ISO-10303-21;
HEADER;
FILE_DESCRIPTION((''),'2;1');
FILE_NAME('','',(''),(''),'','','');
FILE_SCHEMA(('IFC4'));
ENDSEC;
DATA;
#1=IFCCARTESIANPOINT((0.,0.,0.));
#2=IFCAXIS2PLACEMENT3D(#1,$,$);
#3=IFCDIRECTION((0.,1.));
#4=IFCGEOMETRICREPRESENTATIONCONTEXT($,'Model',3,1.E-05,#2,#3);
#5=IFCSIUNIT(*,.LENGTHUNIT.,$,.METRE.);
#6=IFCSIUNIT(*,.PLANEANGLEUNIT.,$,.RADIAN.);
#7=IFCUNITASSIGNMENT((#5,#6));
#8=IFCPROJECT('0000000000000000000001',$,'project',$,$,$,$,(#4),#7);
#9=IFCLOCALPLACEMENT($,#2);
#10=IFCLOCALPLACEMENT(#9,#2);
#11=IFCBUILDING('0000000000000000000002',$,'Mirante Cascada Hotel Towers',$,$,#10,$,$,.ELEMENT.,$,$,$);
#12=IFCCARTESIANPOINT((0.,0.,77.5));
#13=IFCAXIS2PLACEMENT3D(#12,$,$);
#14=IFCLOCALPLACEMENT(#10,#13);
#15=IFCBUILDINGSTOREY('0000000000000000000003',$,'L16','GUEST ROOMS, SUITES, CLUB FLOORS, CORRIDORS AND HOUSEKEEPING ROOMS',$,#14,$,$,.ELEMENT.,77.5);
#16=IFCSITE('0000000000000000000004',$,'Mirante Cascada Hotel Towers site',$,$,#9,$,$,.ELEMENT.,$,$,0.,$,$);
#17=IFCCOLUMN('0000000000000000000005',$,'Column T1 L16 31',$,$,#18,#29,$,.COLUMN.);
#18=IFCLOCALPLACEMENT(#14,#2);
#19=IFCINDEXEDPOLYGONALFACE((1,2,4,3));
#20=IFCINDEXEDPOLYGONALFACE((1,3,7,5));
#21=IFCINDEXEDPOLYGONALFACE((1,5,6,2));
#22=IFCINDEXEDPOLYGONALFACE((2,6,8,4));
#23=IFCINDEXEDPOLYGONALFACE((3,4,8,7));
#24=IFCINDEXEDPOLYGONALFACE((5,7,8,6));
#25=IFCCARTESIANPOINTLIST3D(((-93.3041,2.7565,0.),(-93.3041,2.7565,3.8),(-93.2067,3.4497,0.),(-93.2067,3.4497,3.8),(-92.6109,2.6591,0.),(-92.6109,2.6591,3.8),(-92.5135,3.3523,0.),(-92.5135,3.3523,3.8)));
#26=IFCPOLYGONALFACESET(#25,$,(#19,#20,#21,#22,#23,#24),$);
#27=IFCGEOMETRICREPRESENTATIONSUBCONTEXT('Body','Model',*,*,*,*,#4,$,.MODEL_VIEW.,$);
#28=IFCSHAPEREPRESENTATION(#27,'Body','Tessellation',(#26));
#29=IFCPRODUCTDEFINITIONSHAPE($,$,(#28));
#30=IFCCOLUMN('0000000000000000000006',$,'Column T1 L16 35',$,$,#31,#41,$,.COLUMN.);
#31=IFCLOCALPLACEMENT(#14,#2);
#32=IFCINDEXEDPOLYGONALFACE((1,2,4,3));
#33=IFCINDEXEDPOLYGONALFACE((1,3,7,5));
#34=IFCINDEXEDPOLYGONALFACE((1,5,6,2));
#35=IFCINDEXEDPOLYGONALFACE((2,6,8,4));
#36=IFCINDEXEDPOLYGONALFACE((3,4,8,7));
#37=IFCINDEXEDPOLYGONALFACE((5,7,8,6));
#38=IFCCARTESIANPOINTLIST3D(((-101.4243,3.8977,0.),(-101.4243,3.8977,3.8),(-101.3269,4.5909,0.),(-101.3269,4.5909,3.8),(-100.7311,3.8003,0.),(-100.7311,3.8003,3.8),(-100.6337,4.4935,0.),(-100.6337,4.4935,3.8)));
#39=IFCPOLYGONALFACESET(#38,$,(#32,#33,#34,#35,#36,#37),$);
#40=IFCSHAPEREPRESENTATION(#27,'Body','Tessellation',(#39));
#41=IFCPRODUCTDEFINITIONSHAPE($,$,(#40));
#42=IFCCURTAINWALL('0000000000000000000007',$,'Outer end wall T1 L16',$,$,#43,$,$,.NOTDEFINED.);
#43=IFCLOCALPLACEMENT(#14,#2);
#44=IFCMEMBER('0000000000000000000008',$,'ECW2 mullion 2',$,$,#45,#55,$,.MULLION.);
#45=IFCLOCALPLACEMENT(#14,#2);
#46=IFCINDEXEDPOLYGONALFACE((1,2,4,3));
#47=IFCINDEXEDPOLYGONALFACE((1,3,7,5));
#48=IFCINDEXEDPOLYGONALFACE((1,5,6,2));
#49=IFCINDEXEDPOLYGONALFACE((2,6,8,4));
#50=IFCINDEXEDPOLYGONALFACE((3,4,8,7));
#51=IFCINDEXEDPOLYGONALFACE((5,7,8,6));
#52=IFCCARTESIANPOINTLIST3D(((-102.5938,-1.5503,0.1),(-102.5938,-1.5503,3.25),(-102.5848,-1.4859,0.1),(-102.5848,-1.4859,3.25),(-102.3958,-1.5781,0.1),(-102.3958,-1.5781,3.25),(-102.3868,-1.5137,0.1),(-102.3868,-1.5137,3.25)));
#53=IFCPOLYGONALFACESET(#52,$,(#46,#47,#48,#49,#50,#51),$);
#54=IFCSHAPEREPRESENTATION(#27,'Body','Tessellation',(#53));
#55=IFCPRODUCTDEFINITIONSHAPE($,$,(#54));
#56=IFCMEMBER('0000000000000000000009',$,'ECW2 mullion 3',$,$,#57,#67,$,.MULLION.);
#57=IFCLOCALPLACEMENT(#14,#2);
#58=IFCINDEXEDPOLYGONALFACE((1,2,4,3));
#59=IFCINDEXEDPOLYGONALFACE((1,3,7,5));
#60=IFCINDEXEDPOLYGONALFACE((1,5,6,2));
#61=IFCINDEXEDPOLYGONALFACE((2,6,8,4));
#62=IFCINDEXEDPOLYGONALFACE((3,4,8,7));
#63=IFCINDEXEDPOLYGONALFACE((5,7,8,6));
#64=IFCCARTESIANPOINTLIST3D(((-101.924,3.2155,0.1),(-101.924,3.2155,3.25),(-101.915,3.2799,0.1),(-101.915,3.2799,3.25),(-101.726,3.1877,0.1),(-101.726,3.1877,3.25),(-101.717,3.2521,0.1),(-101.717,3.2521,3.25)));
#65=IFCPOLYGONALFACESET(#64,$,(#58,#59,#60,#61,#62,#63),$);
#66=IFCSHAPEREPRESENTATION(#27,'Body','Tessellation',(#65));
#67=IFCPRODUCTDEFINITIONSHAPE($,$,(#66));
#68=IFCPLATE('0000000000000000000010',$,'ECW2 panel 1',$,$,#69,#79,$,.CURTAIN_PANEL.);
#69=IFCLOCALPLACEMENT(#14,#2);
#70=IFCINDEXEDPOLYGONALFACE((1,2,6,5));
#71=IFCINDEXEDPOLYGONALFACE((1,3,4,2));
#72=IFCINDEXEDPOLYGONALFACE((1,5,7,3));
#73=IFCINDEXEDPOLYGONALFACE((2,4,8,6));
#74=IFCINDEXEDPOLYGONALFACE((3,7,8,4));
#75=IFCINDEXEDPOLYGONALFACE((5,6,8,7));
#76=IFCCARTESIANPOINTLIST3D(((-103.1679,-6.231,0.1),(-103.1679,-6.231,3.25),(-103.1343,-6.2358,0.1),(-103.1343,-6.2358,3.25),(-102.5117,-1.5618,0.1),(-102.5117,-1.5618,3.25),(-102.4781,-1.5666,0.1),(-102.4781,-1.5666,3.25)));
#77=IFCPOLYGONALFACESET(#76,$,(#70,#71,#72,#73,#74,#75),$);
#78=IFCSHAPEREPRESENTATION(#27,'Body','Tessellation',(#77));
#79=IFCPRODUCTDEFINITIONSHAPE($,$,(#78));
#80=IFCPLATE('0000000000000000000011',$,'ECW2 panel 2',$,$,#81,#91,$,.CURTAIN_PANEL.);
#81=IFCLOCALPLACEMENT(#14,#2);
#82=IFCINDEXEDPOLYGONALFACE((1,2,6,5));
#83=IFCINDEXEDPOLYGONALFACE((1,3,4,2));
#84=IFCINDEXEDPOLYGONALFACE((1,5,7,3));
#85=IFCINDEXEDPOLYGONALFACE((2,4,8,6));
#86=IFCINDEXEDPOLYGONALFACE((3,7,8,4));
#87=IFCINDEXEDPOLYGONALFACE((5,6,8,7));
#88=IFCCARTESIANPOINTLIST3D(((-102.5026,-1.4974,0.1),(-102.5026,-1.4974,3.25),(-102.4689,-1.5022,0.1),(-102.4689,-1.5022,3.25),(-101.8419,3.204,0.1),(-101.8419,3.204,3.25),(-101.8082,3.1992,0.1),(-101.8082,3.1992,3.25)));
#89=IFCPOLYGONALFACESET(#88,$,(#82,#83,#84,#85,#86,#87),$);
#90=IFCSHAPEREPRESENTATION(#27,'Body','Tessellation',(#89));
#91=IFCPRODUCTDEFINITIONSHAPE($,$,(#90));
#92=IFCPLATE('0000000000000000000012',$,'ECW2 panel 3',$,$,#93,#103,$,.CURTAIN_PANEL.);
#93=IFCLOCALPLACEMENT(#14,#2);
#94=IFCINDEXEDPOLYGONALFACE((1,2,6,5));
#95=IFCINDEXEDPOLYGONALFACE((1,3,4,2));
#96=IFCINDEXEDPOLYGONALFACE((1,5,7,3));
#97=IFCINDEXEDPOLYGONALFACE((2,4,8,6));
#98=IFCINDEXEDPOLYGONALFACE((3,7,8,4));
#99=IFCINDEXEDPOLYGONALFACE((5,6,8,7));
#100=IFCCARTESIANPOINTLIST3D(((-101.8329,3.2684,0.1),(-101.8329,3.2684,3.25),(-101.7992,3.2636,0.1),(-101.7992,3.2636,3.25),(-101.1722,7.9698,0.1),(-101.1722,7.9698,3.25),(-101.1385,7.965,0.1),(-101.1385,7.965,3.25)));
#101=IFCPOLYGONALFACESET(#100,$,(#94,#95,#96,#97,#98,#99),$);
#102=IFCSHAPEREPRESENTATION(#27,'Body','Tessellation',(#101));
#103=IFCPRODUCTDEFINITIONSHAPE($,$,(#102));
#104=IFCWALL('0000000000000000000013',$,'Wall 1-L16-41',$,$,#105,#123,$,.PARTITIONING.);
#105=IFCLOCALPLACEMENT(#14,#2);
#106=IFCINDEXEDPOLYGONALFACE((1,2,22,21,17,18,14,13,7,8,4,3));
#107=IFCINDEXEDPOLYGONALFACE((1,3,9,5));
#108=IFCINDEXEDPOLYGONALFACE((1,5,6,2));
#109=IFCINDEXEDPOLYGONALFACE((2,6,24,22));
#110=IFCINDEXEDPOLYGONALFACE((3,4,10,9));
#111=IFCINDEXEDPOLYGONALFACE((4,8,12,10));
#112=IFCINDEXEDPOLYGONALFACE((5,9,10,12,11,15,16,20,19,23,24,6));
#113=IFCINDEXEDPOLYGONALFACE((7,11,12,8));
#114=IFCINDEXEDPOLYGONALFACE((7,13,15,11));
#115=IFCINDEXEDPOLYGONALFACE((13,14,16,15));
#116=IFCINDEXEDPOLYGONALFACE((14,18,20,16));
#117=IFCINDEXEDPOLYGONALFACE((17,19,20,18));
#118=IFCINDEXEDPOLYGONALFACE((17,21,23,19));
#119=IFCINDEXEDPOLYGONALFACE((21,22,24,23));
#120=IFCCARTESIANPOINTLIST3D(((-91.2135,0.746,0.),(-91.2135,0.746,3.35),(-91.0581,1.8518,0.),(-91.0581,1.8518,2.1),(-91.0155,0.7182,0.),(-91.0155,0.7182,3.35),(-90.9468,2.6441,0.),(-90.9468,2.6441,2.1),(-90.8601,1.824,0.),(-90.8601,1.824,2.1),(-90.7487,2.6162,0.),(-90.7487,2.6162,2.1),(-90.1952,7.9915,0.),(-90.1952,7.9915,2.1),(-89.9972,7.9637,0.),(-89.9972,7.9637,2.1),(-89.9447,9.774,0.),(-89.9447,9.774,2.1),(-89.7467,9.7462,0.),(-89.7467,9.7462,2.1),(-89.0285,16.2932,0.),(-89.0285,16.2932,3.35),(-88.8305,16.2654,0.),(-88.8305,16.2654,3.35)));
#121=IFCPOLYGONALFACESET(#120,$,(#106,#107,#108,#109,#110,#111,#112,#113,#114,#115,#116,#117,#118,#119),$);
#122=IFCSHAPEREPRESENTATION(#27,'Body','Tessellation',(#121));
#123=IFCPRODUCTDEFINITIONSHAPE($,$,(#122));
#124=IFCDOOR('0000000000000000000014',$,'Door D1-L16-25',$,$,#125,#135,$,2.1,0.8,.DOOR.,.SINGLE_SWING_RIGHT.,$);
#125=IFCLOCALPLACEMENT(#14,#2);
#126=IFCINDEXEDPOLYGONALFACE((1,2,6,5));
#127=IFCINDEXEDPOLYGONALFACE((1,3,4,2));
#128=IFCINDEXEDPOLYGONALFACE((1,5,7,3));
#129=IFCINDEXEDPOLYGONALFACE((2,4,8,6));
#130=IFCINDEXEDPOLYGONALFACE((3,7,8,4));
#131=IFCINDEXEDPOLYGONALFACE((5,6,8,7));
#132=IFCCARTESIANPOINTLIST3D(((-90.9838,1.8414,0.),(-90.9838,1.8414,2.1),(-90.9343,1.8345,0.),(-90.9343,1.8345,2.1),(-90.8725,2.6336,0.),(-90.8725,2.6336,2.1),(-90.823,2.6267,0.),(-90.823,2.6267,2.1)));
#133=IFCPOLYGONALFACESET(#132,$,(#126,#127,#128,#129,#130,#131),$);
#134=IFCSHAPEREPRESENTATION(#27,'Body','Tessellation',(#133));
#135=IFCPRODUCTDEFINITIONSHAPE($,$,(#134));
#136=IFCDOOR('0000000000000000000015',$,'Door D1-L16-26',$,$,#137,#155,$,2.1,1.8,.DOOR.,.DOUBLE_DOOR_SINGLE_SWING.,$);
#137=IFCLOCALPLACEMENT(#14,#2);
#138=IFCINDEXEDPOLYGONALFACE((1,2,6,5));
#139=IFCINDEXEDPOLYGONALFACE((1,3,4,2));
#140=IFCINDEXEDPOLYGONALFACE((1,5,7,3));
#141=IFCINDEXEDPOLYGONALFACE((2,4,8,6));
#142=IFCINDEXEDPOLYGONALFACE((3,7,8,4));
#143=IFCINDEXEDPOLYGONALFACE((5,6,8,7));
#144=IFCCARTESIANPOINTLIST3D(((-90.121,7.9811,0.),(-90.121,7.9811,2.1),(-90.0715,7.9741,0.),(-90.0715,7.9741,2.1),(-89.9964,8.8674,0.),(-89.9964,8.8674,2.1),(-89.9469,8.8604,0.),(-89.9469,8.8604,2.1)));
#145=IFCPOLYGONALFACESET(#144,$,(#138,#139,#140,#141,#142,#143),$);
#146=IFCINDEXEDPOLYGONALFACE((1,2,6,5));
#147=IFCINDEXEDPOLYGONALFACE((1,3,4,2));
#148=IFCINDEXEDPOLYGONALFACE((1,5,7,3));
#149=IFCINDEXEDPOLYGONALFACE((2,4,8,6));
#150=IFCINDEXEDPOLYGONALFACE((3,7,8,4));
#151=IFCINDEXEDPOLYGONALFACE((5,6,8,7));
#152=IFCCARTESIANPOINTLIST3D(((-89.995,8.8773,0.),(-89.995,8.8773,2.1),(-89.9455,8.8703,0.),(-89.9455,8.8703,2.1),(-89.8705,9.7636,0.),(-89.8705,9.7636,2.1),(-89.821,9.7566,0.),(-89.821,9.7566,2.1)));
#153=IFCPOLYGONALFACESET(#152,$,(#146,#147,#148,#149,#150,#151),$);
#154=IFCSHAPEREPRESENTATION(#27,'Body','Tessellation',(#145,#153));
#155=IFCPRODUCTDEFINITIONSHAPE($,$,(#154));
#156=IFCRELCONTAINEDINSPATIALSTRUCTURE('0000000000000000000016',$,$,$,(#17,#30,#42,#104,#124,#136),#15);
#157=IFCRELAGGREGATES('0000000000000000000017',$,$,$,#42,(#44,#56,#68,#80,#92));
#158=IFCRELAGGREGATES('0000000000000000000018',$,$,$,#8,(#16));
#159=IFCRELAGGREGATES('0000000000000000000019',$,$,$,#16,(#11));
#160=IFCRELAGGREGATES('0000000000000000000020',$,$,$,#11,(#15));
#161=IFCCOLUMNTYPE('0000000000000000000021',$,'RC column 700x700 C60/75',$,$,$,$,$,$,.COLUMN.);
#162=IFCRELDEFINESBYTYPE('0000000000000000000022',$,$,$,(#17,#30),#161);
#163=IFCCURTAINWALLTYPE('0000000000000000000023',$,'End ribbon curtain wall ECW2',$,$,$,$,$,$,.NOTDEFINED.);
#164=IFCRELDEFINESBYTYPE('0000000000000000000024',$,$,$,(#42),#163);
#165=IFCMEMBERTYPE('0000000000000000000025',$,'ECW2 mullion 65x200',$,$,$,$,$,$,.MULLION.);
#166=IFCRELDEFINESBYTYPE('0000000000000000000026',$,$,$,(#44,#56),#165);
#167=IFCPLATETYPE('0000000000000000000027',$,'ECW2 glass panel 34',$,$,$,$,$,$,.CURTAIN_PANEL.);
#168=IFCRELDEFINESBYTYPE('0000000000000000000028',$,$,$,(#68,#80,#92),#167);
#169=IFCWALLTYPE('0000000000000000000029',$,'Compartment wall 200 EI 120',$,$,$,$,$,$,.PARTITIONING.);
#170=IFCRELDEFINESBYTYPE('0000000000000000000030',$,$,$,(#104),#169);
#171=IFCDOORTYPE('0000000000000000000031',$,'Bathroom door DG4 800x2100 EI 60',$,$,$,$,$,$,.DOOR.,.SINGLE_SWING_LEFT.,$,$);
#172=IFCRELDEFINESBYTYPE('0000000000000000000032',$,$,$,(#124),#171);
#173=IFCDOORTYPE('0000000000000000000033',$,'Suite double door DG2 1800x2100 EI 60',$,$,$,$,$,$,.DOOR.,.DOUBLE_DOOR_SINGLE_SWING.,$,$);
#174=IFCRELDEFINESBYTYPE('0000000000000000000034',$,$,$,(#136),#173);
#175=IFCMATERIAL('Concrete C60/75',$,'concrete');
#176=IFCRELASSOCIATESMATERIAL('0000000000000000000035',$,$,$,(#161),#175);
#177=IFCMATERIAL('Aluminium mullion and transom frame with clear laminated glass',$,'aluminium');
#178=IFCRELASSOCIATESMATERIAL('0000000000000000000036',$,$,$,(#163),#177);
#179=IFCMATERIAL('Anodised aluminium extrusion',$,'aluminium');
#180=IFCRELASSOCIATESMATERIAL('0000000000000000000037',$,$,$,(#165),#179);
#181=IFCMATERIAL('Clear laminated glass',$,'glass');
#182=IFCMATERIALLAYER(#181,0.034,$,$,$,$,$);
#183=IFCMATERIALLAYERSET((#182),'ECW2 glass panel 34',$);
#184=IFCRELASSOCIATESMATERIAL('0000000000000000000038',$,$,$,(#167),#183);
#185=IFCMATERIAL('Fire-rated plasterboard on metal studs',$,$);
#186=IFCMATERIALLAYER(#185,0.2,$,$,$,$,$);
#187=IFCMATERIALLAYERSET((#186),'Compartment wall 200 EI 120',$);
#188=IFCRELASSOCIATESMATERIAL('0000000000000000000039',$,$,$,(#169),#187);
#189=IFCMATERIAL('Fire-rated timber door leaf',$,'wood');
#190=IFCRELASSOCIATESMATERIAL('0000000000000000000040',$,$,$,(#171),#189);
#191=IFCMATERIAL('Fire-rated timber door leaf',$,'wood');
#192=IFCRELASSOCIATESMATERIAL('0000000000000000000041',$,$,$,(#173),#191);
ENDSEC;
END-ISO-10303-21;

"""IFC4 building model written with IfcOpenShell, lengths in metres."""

from ifc_helpers import new_model, si_unit, direction, frame, frame_2d, origin, origin_2d, place, context, subcontext, project, spatial, rectangle, extrude, material, layer, layer_set, material_profile, profile_set, type_object, element, fill, aggregate, save


model = new_model("IFC4")

# Units and contexts
model_context = context("Model", 3, precision=1e-05, world=origin(), true_north=direction((0.0, 1.0)))
body_context = subcontext(model_context, "Body", "Model", "MODEL_VIEW")
ifc_project = project(units=[si_unit("LENGTHUNIT", "METRE"), si_unit("PLANEANGLEUNIT", "RADIAN")], contexts=[model_context])

# Site, building, storey
site_placement = place(None, origin())
site = spatial("IfcSite", under=ifc_project, at=site_placement, Name="Mirante Cascada Hotel Towers site", CompositionType="ELEMENT", RefElevation=0.0)
building_placement = place(site_placement, origin())
building = spatial("IfcBuilding", under=site, at=building_placement, Name="Mirante Cascada Hotel Towers", CompositionType="ELEMENT")
storey_placement = place(building_placement, frame((0.0, 0.0, 77.5)))
storey = spatial("IfcBuildingStorey", under=building, at=storey_placement, Name="L16", Description="GUEST ROOMS, SUITES, CLUB FLOORS, CORRIDORS AND HOUSEKEEPING ROOMS", CompositionType="ELEMENT", Elevation=77.5)

# Columns
ifc_material_1 = material(Name="Concrete C60/75", Category="concrete")
ifc_material_profile_1 = material_profile(ifc_material_1, rectangle(XDim=0.7, YDim=0.7, at=origin_2d()), Name="RC column 700x700 C60/75")
ifc_profile_set_1 = profile_set([ifc_material_profile_1], Name="Concrete C60/75")
column_type = type_object("IfcColumnType", Name="RC column 700x700 C60/75", PredefinedType="COLUMN", material=ifc_profile_set_1)
for number, where, z_axis, x_axis, name in (
    (1, (-92.9088, 3.0544, 0.0), (0.0, 0.0, 1.0), (-0.990268, 0.139173, 0.0), "Column T1 L16 31"),
    (2, (-101.029, 4.1956, 0.0), (0.0, 0.0, 1.0), (-0.990268, 0.139173, 0.0), "Column T1 L16 35"),
):
    element("IfcColumn", number, at=place(storey_placement, frame(where, z_axis=z_axis, x_axis=x_axis)), inside=storey, type_object=column_type, Name=name, PredefinedType="COLUMN", context=body_context, shape_type="SweptSolid", body=[
        extrude(rectangle(XDim=0.7, YDim=0.7, at=origin_2d()), origin(), (0.0, 0.0, 1.0), 3.8),
    ])

# Curtain wall, members, plates
ifc_material_2 = material(Name="Aluminium mullion and transom frame with clear laminated glass", Category="aluminium")
curtain_wall_type = type_object("IfcCurtainWallType", Name="End ribbon curtain wall ECW2", PredefinedType="NOTDEFINED", material=ifc_material_2)
curtain_wall_placement = place(storey_placement, origin())
curtain_wall = element("IfcCurtainWall", 3, at=curtain_wall_placement, inside=storey, type_object=curtain_wall_type, Name="Outer end wall T1 L16", PredefinedType="NOTDEFINED")
ifc_material_3 = material(Name="Anodised aluminium extrusion", Category="aluminium")
ifc_material_profile_2 = material_profile(ifc_material_3, rectangle(XDim=0.2, YDim=0.065, at=origin_2d()), Name="ECW2 MULLION 65x200")
ifc_profile_set_2 = profile_set([ifc_material_profile_2], Name="Anodised aluminium extrusion")
member_type = type_object("IfcMemberType", Name="ECW2 mullion 65x200", PredefinedType="MULLION", material=ifc_profile_set_2)
member_1_placement = place(storey_placement, frame((-102.4903, -1.532, 0.1), z_axis=(0.0, 0.0, 1.0), x_axis=(-0.990268, 0.139173, 0.0)))
member_1 = element("IfcMember", 4, at=member_1_placement, type_object=member_type, Name="ECW2 mullion 2", PredefinedType="MULLION", context=body_context, shape_type="SweptSolid", body=[
    extrude(rectangle(XDim=0.2, YDim=0.065, at=origin_2d()), origin(), (0.0, 0.0, 1.0), 3.15),
])
member_2_placement = place(storey_placement, frame((-101.8205, 3.2338, 0.1), z_axis=(0.0, 0.0, 1.0), x_axis=(-0.990268, 0.139173, 0.0)))
member_2 = element("IfcMember", 5, at=member_2_placement, type_object=member_type, Name="ECW2 mullion 3", PredefinedType="MULLION", context=body_context, shape_type="SweptSolid", body=[
    extrude(rectangle(XDim=0.2, YDim=0.065, at=origin_2d()), origin(), (0.0, 0.0, 1.0), 3.15),
])
ifc_material_4 = material(Name="Clear laminated glass", Category="glass")
ifc_layer_1 = layer(ifc_material_4, 0.034)
ifc_layer_set_1 = layer_set([ifc_layer_1], Name="ECW2 glass panel 34")
plate_type = type_object("IfcPlateType", Name="ECW2 glass panel 34", PredefinedType="CURTAIN_PANEL", material=ifc_layer_set_1)
plate_1_placement = place(storey_placement, frame((-102.823, -3.8988, 0.1), z_axis=(0.0, 0.0, 1.0), x_axis=(0.139173, 0.990268, 0.0)))
plate_1 = element("IfcPlate", 6, at=plate_1_placement, type_object=plate_type, Name="ECW2 panel 1", PredefinedType="CURTAIN_PANEL", context=body_context, shape_type="SweptSolid", body=[
    extrude(rectangle(XDim=4.7151, YDim=0.034, at=origin_2d()), origin(), (0.0, 0.0, 1.0), 3.15),
])
plate_2_placement = place(storey_placement, frame((-102.1554, 0.8509, 0.1), z_axis=(0.0, 0.0, 1.0), x_axis=(0.139173, 0.990268, 0.0)))
plate_2 = element("IfcPlate", 7, at=plate_2_placement, type_object=plate_type, Name="ECW2 panel 2", PredefinedType="CURTAIN_PANEL", context=body_context, shape_type="SweptSolid", body=[
    extrude(rectangle(XDim=4.7476, YDim=0.034, at=origin_2d()), origin(), (0.0, 0.0, 1.0), 3.15),
])
plate_3_placement = place(storey_placement, frame((-101.4857, 5.6167, 0.1), z_axis=(0.0, 0.0, 1.0), x_axis=(0.139173, 0.990268, 0.0)))
plate_3 = element("IfcPlate", 8, at=plate_3_placement, type_object=plate_type, Name="ECW2 panel 3", PredefinedType="CURTAIN_PANEL", context=body_context, shape_type="SweptSolid", body=[
    extrude(rectangle(XDim=4.7476, YDim=0.034, at=origin_2d()), origin(), (0.0, 0.0, 1.0), 3.15),
])
aggregate(curtain_wall, [member_1, member_2, plate_1, plate_2, plate_3])

# Wall, openings, doors
ifc_material_5 = material(Name="Fire-rated plasterboard on metal studs")
ifc_layer_2 = layer(ifc_material_5, 0.2)
ifc_layer_set_2 = layer_set([ifc_layer_2], Name="Compartment wall 200 EI 120")
wall_type_1 = type_object("IfcWallType", Name="Compartment wall 200 EI 120", PredefinedType="PARTITIONING", material=ifc_layer_set_2)
wall_1_placement = place(storey_placement, frame((-91.1145, 0.7321, 0.0), z_axis=(0.0, 0.0, 1.0), x_axis=(0.139172, 0.990268, 0.0)))
wall_1 = element("IfcWall", 9, at=wall_1_placement, inside=storey, type_object=wall_type_1, Name="Wall 1-L16-41", PredefinedType="PARTITIONING", context=body_context, shape_type="SweptSolid", body=[
    extrude(rectangle(XDim=15.7, YDim=0.2, at=frame_2d((7.85, 0.0))), origin(), (0.0, 0.0, 1.0), 3.35),
])
opening_1_placement = place(wall_1_placement, frame((1.1167, 0.0, 0.0)))
opening_1 = element("IfcOpeningElement", 10, at=opening_1_placement, cuts=wall_1, PredefinedType="OPENING", context=body_context, shape_type="SweptSolid", body=[
    extrude(rectangle(XDim=0.8, YDim=2.1, at=frame_2d((0.4, 1.05))), frame((0.0, 0.1, 0.0), z_axis=(0.0, -1.0, 0.0), x_axis=(1.0, 0.0, 0.0)), (0.0, 0.0, 1.0), 0.2),
])
opening_2_placement = place(wall_1_placement, frame((7.3167, 0.0, 0.0)))
opening_2 = element("IfcOpeningElement", 11, at=opening_2_placement, cuts=wall_1, PredefinedType="OPENING", context=body_context, shape_type="SweptSolid", body=[
    extrude(rectangle(XDim=1.8, YDim=2.1, at=frame_2d((0.9, 1.05))), frame((0.0, 0.1, 0.0), z_axis=(0.0, -1.0, 0.0), x_axis=(1.0, 0.0, 0.0)), (0.0, 0.0, 1.0), 0.2),
])
ifc_material_6 = material(Name="Fire-rated timber door leaf", Category="wood")
door_type_1 = type_object("IfcDoorType", Name="Bathroom door DG4 800x2100 EI 60", OperationType="SINGLE_SWING_LEFT", PredefinedType="DOOR", material=ifc_material_6)
door_1_placement = place(opening_1_placement, frame((0.8, 0.0, 0.0), z_axis=(0.0, 0.0, 1.0), x_axis=(-1.0, 0.0, 0.0)))
door_1 = element("IfcDoor", 12, at=door_1_placement, inside=storey, type_object=door_type_1, Name="Door D1-L16-25", OperationType="SINGLE_SWING_RIGHT", OverallHeight=2.1, OverallWidth=0.8, PredefinedType="DOOR", context=body_context, shape_type="SweptSolid", body=[
    extrude(rectangle(XDim=0.8, YDim=2.1, at=frame_2d((0.4, 1.05))), frame((0.0, 0.025, 0.0), z_axis=(0.0, -1.0, 0.0), x_axis=(1.0, 0.0, 0.0)), (0.0, 0.0, 1.0), 0.05),
])
fill(opening_1, door_1)
ifc_material_7 = material(Name="Fire-rated timber door leaf", Category="wood")
door_type_2 = type_object("IfcDoorType", Name="Suite double door DG2 1800x2100 EI 60", OperationType="DOUBLE_DOOR_SINGLE_SWING", PredefinedType="DOOR", material=ifc_material_7)
door_2_placement = place(opening_2_placement, origin())
door_2 = element("IfcDoor", 13, at=door_2_placement, inside=storey, type_object=door_type_2, Name="Door D1-L16-26", OperationType="DOUBLE_DOOR_SINGLE_SWING", OverallHeight=2.1, OverallWidth=1.8, PredefinedType="DOOR", context=body_context, shape_type="SweptSolid", body=[
    extrude(rectangle(XDim=0.895, YDim=2.1, at=frame_2d((0.4475, 1.05))), frame((0.0, 0.025, 0.0), z_axis=(0.0, -1.0, 0.0), x_axis=(1.0, 0.0, 0.0)), (0.0, 0.0, 1.0), 0.05),
    extrude(rectangle(XDim=0.895, YDim=2.1, at=frame_2d((1.3525, 1.05))), frame((0.0, 0.025, 0.0), z_axis=(0.0, -1.0, 0.0), x_axis=(1.0, 0.0, 0.0)), (0.0, 0.0, 1.0), 0.05),
])
fill(opening_2, door_2)

save(model, "model.ifc")
